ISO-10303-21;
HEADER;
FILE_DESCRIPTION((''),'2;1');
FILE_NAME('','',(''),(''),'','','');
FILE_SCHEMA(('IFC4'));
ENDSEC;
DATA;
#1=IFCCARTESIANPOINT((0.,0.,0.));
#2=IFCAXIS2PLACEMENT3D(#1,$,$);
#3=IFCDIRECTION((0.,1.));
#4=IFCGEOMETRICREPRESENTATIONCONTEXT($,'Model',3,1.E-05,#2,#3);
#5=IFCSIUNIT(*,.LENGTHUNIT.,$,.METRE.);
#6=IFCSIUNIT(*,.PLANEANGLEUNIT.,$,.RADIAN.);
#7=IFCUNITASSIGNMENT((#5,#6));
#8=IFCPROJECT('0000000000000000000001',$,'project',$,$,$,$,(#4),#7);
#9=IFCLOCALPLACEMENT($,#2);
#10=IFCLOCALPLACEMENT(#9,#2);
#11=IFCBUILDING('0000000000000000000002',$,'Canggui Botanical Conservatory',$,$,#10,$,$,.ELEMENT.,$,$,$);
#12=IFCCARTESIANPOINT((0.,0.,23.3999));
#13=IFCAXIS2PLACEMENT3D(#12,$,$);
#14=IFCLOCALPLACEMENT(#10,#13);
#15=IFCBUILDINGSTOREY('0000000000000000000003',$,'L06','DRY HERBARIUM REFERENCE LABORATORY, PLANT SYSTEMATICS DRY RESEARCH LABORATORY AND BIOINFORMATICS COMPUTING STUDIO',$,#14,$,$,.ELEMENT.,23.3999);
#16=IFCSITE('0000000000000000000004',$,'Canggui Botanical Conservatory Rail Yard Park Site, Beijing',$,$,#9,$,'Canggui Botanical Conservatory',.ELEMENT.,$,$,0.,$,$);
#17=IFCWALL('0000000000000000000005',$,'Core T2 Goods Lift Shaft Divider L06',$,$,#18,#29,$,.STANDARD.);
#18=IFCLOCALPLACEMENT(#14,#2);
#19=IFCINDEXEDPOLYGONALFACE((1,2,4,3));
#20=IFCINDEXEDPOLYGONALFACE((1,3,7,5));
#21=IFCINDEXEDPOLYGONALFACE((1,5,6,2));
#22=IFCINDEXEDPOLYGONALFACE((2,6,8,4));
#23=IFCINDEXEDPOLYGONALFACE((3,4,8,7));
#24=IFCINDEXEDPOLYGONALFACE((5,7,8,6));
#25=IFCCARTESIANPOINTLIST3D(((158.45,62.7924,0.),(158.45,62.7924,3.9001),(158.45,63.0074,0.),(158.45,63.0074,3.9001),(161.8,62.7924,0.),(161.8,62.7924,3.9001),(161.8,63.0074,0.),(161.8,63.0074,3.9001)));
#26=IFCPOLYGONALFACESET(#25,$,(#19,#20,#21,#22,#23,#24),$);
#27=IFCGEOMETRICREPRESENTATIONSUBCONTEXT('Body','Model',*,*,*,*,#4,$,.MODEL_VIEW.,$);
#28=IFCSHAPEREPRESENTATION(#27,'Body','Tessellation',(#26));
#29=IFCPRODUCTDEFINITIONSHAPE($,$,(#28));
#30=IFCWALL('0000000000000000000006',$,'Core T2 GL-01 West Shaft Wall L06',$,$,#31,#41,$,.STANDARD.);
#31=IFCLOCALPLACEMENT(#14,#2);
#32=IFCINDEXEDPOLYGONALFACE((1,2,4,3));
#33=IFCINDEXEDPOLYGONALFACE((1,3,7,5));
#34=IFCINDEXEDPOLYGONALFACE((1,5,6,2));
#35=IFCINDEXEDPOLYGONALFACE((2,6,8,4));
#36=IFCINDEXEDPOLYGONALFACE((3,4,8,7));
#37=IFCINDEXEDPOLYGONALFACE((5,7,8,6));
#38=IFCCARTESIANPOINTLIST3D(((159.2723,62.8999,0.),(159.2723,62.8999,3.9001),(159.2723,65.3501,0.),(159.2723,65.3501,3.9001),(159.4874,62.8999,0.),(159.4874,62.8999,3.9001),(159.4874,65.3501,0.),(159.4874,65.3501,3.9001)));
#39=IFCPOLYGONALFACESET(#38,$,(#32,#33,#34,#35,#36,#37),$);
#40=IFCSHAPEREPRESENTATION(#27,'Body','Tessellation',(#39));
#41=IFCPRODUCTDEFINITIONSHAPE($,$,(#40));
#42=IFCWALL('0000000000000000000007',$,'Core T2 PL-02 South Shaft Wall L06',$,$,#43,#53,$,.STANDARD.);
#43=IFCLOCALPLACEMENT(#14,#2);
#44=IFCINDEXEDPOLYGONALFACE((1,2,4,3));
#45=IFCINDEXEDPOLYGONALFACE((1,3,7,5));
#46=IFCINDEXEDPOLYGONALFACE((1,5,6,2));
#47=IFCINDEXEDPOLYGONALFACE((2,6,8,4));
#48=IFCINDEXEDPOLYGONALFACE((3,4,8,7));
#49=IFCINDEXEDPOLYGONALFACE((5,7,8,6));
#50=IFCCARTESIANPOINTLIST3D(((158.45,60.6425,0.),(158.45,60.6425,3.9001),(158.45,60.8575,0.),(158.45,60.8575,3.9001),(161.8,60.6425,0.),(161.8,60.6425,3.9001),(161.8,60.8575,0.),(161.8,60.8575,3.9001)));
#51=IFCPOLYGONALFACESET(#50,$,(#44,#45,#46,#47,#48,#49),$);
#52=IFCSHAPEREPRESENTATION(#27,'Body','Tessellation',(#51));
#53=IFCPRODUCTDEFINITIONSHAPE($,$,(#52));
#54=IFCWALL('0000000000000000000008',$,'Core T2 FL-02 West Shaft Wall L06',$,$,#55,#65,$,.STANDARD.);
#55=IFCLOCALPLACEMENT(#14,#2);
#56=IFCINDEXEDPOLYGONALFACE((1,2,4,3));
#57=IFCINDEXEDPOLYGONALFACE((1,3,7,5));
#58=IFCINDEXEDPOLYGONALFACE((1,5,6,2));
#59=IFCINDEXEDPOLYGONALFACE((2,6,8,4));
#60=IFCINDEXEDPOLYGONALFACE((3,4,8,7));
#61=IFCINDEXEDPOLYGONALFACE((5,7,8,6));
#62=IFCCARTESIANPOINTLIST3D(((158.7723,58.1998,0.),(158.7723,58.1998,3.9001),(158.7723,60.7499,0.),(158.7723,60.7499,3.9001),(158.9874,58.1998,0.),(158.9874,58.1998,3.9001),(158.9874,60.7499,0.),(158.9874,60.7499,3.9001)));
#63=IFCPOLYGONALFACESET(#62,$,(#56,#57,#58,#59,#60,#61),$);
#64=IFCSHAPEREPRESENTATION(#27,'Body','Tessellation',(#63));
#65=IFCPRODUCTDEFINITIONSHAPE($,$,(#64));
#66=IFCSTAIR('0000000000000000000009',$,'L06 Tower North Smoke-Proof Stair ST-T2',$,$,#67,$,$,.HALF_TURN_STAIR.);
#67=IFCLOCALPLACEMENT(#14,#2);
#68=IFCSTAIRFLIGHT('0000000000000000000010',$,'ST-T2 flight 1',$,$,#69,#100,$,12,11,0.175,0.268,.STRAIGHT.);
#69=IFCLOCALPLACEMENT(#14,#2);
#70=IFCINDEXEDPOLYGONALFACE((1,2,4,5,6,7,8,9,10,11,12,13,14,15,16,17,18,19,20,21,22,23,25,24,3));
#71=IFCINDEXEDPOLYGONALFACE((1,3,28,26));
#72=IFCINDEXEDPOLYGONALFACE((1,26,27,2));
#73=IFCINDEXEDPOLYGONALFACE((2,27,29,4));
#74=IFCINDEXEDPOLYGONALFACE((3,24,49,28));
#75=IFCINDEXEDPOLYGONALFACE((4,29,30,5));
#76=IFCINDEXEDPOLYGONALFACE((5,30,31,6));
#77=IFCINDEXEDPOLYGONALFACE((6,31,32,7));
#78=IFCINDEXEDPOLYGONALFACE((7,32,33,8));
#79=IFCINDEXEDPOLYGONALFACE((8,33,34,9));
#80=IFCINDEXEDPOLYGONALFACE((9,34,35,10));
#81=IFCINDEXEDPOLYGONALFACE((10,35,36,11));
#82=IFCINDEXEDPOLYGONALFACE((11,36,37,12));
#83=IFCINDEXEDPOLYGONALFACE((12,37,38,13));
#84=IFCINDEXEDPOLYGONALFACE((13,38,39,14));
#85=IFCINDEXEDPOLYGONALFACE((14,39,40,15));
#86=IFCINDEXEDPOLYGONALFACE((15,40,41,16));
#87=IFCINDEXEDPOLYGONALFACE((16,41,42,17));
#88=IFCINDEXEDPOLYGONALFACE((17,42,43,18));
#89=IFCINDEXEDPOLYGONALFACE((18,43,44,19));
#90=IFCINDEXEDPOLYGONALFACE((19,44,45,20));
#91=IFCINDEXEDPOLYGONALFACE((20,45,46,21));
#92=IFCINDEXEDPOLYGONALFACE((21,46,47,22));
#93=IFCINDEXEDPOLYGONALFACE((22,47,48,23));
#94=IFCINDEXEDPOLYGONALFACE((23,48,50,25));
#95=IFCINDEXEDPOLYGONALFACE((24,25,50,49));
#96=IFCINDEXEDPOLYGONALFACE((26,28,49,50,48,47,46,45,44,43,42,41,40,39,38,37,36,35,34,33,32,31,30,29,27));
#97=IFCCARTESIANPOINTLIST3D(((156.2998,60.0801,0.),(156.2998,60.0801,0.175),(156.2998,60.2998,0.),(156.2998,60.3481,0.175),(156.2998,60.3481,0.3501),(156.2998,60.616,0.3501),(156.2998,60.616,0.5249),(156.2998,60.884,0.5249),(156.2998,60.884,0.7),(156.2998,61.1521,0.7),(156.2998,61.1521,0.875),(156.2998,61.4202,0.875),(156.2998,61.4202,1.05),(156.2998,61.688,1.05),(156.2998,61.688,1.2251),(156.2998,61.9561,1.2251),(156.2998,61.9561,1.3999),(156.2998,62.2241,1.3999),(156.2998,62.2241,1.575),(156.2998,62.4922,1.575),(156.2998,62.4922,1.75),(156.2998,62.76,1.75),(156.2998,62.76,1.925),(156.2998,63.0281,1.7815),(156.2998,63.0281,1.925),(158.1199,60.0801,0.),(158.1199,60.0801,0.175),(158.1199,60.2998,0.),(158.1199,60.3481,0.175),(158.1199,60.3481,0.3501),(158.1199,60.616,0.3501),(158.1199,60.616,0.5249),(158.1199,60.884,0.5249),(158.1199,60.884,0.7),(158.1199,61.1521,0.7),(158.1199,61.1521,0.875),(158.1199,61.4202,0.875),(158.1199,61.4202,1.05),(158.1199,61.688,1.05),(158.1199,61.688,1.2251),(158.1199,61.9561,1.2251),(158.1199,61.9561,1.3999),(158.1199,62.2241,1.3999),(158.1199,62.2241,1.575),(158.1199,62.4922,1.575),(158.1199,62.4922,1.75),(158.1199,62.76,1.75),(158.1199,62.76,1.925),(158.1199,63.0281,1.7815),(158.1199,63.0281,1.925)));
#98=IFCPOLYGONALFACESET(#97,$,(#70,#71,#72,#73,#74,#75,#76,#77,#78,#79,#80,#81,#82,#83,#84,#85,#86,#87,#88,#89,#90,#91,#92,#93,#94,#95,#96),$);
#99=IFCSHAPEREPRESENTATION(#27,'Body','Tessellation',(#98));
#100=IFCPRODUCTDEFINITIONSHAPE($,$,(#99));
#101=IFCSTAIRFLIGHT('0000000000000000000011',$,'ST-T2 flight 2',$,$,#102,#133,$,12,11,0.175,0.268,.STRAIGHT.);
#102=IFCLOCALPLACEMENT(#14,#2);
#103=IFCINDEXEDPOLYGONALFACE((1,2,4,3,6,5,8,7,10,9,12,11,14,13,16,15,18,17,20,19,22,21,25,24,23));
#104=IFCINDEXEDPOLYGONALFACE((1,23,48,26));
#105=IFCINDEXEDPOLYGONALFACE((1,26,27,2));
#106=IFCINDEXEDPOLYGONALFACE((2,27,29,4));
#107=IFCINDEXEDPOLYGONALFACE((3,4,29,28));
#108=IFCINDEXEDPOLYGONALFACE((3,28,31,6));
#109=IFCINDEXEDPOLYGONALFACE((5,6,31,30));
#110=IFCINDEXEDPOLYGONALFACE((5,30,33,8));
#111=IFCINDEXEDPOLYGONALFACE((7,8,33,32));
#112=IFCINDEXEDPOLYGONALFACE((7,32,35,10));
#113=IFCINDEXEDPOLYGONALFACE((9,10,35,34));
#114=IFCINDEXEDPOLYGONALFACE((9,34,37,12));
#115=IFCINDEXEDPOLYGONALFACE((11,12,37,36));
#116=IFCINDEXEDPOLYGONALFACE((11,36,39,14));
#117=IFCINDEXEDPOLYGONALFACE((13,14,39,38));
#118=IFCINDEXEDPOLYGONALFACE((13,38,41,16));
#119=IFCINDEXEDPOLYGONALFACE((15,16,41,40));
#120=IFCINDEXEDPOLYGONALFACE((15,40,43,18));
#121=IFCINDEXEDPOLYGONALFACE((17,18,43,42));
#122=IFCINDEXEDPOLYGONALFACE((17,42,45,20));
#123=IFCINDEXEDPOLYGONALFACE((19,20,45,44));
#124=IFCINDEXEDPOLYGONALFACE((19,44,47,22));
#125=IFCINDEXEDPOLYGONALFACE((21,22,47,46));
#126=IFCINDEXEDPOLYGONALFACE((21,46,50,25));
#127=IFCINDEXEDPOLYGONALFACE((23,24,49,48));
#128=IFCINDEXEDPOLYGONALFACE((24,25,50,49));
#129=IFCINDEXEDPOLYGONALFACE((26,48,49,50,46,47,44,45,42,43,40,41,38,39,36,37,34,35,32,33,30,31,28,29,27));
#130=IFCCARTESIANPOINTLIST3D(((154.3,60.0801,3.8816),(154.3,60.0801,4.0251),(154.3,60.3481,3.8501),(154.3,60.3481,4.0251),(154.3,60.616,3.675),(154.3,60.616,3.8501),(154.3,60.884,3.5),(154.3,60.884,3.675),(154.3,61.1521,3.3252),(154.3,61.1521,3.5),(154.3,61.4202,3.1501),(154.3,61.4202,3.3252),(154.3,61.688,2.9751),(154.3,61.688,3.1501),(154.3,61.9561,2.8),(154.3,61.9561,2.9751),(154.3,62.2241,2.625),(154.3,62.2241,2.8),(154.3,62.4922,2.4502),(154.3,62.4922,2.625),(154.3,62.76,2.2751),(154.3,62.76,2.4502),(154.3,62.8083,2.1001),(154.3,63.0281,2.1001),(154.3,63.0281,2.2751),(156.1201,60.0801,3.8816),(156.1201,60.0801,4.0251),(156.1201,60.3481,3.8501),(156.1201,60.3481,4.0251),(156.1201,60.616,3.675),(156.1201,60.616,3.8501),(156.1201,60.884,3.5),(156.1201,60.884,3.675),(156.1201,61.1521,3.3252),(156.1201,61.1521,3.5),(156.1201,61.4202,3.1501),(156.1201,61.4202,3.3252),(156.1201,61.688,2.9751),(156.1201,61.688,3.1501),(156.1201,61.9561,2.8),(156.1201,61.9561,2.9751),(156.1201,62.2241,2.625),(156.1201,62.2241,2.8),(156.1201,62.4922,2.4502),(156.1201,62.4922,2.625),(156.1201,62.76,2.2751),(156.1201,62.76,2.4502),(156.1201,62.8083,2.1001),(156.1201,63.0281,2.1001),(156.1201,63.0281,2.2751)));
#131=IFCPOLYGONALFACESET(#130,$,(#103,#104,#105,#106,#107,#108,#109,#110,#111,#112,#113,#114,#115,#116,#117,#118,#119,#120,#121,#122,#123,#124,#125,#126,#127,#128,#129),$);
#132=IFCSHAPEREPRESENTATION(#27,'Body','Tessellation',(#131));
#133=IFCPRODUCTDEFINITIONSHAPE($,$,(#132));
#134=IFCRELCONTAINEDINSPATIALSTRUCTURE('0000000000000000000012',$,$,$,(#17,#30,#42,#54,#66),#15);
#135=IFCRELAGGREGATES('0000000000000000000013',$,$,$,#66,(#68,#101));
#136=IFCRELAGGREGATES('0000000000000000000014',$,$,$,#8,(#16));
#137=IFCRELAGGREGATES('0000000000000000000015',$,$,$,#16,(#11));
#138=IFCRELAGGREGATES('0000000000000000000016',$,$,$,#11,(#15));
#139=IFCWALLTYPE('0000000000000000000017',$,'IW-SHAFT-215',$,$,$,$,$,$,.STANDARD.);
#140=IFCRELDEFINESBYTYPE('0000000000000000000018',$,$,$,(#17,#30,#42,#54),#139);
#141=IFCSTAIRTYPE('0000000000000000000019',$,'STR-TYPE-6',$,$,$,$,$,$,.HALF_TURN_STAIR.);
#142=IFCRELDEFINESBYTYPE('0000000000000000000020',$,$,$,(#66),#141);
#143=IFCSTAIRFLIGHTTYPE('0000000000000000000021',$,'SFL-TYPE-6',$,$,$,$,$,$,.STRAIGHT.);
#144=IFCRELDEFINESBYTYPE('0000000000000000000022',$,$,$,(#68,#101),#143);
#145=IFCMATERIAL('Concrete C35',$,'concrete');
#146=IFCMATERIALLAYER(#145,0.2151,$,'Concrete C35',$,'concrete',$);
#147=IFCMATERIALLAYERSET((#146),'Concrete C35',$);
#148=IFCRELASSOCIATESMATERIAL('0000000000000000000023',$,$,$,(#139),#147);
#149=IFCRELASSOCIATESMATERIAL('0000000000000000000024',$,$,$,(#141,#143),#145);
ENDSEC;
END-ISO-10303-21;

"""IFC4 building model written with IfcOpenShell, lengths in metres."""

from ifc_helpers import new_model, si_unit, direction, frame, frame_2d, origin, place, context, subcontext, project, spatial, polyline, rectangle, outline, extrude, material, layer, layer_set, type_object, element, aggregate, save


model = new_model("IFC4")

# Units and contexts
model_context = context("Model", 3, precision=1e-05, world=origin(), true_north=direction((0.0, 1.0)))
body_context = subcontext(model_context, "Body", "Model", "MODEL_VIEW")
ifc_project = project(units=[si_unit("LENGTHUNIT", "METRE"), si_unit("PLANEANGLEUNIT", "RADIAN")], contexts=[model_context])

# Site, building, storey
site_placement = place(None, origin())
site = spatial("IfcSite", under=ifc_project, at=site_placement, Name="Canggui Botanical Conservatory Rail Yard Park Site, Beijing", LongName="Canggui Botanical Conservatory", CompositionType="ELEMENT", RefElevation=0.0)
building_placement = place(site_placement, origin())
building = spatial("IfcBuilding", under=site, at=building_placement, Name="Canggui Botanical Conservatory", CompositionType="ELEMENT")
storey_placement = place(building_placement, frame((0.0, 0.0, 23.3999)))
storey = spatial("IfcBuildingStorey", under=building, at=storey_placement, Name="L06", Description="DRY HERBARIUM REFERENCE LABORATORY, PLANT SYSTEMATICS DRY RESEARCH LABORATORY AND BIOINFORMATICS COMPUTING STUDIO", CompositionType="ELEMENT", Elevation=23.3999)

# Walls
ifc_material_1 = material(Name="Concrete C35", Category="concrete")
ifc_layer_1 = layer(ifc_material_1, 0.2151, Name="Concrete C35", Category="concrete")
ifc_layer_set_1 = layer_set([ifc_layer_1], Name="Concrete C35")
wall_type = type_object("IfcWallType", Name="IW-SHAFT-215", PredefinedType="STANDARD", material=ifc_layer_set_1)
wall_1_placement = place(storey_placement, frame((158.45, 62.8999, 0.0), z_axis=(0.0, 0.0, 1.0), x_axis=(1.0, 0.0, 0.0)))
element("IfcWall", 1, at=wall_1_placement, inside=storey, type_object=wall_type, Name="Core T2 Goods Lift Shaft Divider L06", PredefinedType="STANDARD", context=body_context, shape_type="SweptSolid", body=[
    extrude(rectangle(XDim=3.3501, YDim=0.2151, at=frame_2d((1.675, 0.0))), origin(), (0.0, 0.0, 1.0), 3.9001),
])
wall_2_placement = place(storey_placement, frame((159.3799, 62.8999, 0.0), z_axis=(0.0, 0.0, 1.0), x_axis=(0.0, 1.0, 0.0)))
element("IfcWall", 2, at=wall_2_placement, inside=storey, type_object=wall_type, Name="Core T2 GL-01 West Shaft Wall L06", PredefinedType="STANDARD", context=body_context, shape_type="SweptSolid", body=[
    extrude(rectangle(XDim=2.4502, YDim=0.2151, at=frame_2d((1.2251, 0.0))), origin(), (0.0, 0.0, 1.0), 3.9001),
])
wall_3_placement = place(storey_placement, frame((158.45, 60.75, 0.0), z_axis=(0.0, 0.0, 1.0), x_axis=(1.0, 0.0, 0.0)))
element("IfcWall", 3, at=wall_3_placement, inside=storey, type_object=wall_type, Name="Core T2 PL-02 South Shaft Wall L06", PredefinedType="STANDARD", context=body_context, shape_type="SweptSolid", body=[
    extrude(rectangle(XDim=3.3501, YDim=0.2151, at=frame_2d((1.675, 0.0))), origin(), (0.0, 0.0, 1.0), 3.9001),
])
wall_4_placement = place(storey_placement, frame((158.8799, 58.2, 0.0), z_axis=(0.0, 0.0, 1.0), x_axis=(0.0, 1.0, 0.0)))
element("IfcWall", 4, at=wall_4_placement, inside=storey, type_object=wall_type, Name="Core T2 FL-02 West Shaft Wall L06", PredefinedType="STANDARD", context=body_context, shape_type="SweptSolid", body=[
    extrude(rectangle(XDim=2.55, YDim=0.2151, at=frame_2d((1.2749, 0.0))), origin(), (0.0, 0.0, 1.0), 3.9001),
])

# Stair, stair flights
stair_type = type_object("IfcStairType", Name="STR-TYPE-6", PredefinedType="HALF_TURN_STAIR", material=ifc_material_1)
stair_placement = place(storey_placement, origin())
stair = element("IfcStair", 5, at=stair_placement, inside=storey, type_object=stair_type, Name="L06 Tower North Smoke-Proof Stair ST-T2", PredefinedType="HALF_TURN_STAIR")
stair_flight_type = type_object("IfcStairFlightType", Name="SFL-TYPE-6", PredefinedType="STRAIGHT", material=ifc_material_1)
stair_flight_1_placement = place(storey_placement, frame((157.21, 60.0801, 0.0), z_axis=(0.0, 0.0, 1.0), x_axis=(0.0, 1.0, 0.0)))
stair_flight_1 = element("IfcStairFlight", 6, at=stair_flight_1_placement, type_object=stair_flight_type, Name="ST-T2 flight 1", NumberOfRisers=12, NumberOfTreads=11, PredefinedType="STRAIGHT", RiserHeight=0.175, TreadLength=0.268, context=body_context, shape_type="SweptSolid", body=[
    extrude(outline(polyline([(0.0, 0.0), (0.0, 0.175), (0.2681, 0.175), (0.2681, 0.3501), (0.5359, 0.3501), (0.5359, 0.5249), (0.804, 0.5249), (0.804, 0.7), (1.072, 0.7), (1.072, 0.875), (1.3401, 0.875), (1.3401, 1.05), (1.6079, 1.05), (1.6079, 1.2251), (1.876, 1.2251), (1.876, 1.3999), (2.144, 1.3999), (2.144, 1.575), (2.4121, 1.575), (2.4121, 1.75), (2.6799, 1.75), (2.6799, 1.925), (2.948, 1.925), (2.948, 2.1001), (2.948, 1.7815), (0.2197, 0.0), (0.0, 0.0)])), frame((0.0, 0.9102, 0.0), z_axis=(0.0, -1.0, 0.0), x_axis=(1.0, 0.0, 0.0)), (0.0, 0.0, 1.0), 1.8201),
])
stair_flight_2_placement = place(storey_placement, frame((155.21, 63.0281, 2.1001), z_axis=(0.0, 0.0, 1.0), x_axis=(0.0, -1.0, 0.0)))
stair_flight_2 = element("IfcStairFlight", 7, at=stair_flight_2_placement, type_object=stair_flight_type, Name="ST-T2 flight 2", NumberOfRisers=12, NumberOfTreads=11, PredefinedType="STRAIGHT", RiserHeight=0.175, TreadLength=0.268, context=body_context, shape_type="SweptSolid", body=[
    extrude(outline(polyline([(0.0, 0.0), (0.0, 0.175), (0.2681, 0.175), (0.2681, 0.3501), (0.5359, 0.3501), (0.5359, 0.5249), (0.804, 0.5249), (0.804, 0.7), (1.072, 0.7), (1.072, 0.875), (1.3401, 0.875), (1.3401, 1.05), (1.6079, 1.05), (1.6079, 1.2251), (1.876, 1.2251), (1.876, 1.3999), (2.144, 1.3999), (2.144, 1.575), (2.4121, 1.575), (2.4121, 1.75), (2.6799, 1.75), (2.6799, 1.925), (2.948, 1.925), (2.948, 2.1001), (2.948, 1.7815), (0.2197, 0.0), (0.0, 0.0)])), frame((0.0, 0.9102, 0.0), z_axis=(0.0, -1.0, 0.0), x_axis=(1.0, 0.0, 0.0)), (0.0, 0.0, 1.0), 1.8201),
])
aggregate(stair, [stair_flight_1, stair_flight_2])

save(model, "model.ifc")
